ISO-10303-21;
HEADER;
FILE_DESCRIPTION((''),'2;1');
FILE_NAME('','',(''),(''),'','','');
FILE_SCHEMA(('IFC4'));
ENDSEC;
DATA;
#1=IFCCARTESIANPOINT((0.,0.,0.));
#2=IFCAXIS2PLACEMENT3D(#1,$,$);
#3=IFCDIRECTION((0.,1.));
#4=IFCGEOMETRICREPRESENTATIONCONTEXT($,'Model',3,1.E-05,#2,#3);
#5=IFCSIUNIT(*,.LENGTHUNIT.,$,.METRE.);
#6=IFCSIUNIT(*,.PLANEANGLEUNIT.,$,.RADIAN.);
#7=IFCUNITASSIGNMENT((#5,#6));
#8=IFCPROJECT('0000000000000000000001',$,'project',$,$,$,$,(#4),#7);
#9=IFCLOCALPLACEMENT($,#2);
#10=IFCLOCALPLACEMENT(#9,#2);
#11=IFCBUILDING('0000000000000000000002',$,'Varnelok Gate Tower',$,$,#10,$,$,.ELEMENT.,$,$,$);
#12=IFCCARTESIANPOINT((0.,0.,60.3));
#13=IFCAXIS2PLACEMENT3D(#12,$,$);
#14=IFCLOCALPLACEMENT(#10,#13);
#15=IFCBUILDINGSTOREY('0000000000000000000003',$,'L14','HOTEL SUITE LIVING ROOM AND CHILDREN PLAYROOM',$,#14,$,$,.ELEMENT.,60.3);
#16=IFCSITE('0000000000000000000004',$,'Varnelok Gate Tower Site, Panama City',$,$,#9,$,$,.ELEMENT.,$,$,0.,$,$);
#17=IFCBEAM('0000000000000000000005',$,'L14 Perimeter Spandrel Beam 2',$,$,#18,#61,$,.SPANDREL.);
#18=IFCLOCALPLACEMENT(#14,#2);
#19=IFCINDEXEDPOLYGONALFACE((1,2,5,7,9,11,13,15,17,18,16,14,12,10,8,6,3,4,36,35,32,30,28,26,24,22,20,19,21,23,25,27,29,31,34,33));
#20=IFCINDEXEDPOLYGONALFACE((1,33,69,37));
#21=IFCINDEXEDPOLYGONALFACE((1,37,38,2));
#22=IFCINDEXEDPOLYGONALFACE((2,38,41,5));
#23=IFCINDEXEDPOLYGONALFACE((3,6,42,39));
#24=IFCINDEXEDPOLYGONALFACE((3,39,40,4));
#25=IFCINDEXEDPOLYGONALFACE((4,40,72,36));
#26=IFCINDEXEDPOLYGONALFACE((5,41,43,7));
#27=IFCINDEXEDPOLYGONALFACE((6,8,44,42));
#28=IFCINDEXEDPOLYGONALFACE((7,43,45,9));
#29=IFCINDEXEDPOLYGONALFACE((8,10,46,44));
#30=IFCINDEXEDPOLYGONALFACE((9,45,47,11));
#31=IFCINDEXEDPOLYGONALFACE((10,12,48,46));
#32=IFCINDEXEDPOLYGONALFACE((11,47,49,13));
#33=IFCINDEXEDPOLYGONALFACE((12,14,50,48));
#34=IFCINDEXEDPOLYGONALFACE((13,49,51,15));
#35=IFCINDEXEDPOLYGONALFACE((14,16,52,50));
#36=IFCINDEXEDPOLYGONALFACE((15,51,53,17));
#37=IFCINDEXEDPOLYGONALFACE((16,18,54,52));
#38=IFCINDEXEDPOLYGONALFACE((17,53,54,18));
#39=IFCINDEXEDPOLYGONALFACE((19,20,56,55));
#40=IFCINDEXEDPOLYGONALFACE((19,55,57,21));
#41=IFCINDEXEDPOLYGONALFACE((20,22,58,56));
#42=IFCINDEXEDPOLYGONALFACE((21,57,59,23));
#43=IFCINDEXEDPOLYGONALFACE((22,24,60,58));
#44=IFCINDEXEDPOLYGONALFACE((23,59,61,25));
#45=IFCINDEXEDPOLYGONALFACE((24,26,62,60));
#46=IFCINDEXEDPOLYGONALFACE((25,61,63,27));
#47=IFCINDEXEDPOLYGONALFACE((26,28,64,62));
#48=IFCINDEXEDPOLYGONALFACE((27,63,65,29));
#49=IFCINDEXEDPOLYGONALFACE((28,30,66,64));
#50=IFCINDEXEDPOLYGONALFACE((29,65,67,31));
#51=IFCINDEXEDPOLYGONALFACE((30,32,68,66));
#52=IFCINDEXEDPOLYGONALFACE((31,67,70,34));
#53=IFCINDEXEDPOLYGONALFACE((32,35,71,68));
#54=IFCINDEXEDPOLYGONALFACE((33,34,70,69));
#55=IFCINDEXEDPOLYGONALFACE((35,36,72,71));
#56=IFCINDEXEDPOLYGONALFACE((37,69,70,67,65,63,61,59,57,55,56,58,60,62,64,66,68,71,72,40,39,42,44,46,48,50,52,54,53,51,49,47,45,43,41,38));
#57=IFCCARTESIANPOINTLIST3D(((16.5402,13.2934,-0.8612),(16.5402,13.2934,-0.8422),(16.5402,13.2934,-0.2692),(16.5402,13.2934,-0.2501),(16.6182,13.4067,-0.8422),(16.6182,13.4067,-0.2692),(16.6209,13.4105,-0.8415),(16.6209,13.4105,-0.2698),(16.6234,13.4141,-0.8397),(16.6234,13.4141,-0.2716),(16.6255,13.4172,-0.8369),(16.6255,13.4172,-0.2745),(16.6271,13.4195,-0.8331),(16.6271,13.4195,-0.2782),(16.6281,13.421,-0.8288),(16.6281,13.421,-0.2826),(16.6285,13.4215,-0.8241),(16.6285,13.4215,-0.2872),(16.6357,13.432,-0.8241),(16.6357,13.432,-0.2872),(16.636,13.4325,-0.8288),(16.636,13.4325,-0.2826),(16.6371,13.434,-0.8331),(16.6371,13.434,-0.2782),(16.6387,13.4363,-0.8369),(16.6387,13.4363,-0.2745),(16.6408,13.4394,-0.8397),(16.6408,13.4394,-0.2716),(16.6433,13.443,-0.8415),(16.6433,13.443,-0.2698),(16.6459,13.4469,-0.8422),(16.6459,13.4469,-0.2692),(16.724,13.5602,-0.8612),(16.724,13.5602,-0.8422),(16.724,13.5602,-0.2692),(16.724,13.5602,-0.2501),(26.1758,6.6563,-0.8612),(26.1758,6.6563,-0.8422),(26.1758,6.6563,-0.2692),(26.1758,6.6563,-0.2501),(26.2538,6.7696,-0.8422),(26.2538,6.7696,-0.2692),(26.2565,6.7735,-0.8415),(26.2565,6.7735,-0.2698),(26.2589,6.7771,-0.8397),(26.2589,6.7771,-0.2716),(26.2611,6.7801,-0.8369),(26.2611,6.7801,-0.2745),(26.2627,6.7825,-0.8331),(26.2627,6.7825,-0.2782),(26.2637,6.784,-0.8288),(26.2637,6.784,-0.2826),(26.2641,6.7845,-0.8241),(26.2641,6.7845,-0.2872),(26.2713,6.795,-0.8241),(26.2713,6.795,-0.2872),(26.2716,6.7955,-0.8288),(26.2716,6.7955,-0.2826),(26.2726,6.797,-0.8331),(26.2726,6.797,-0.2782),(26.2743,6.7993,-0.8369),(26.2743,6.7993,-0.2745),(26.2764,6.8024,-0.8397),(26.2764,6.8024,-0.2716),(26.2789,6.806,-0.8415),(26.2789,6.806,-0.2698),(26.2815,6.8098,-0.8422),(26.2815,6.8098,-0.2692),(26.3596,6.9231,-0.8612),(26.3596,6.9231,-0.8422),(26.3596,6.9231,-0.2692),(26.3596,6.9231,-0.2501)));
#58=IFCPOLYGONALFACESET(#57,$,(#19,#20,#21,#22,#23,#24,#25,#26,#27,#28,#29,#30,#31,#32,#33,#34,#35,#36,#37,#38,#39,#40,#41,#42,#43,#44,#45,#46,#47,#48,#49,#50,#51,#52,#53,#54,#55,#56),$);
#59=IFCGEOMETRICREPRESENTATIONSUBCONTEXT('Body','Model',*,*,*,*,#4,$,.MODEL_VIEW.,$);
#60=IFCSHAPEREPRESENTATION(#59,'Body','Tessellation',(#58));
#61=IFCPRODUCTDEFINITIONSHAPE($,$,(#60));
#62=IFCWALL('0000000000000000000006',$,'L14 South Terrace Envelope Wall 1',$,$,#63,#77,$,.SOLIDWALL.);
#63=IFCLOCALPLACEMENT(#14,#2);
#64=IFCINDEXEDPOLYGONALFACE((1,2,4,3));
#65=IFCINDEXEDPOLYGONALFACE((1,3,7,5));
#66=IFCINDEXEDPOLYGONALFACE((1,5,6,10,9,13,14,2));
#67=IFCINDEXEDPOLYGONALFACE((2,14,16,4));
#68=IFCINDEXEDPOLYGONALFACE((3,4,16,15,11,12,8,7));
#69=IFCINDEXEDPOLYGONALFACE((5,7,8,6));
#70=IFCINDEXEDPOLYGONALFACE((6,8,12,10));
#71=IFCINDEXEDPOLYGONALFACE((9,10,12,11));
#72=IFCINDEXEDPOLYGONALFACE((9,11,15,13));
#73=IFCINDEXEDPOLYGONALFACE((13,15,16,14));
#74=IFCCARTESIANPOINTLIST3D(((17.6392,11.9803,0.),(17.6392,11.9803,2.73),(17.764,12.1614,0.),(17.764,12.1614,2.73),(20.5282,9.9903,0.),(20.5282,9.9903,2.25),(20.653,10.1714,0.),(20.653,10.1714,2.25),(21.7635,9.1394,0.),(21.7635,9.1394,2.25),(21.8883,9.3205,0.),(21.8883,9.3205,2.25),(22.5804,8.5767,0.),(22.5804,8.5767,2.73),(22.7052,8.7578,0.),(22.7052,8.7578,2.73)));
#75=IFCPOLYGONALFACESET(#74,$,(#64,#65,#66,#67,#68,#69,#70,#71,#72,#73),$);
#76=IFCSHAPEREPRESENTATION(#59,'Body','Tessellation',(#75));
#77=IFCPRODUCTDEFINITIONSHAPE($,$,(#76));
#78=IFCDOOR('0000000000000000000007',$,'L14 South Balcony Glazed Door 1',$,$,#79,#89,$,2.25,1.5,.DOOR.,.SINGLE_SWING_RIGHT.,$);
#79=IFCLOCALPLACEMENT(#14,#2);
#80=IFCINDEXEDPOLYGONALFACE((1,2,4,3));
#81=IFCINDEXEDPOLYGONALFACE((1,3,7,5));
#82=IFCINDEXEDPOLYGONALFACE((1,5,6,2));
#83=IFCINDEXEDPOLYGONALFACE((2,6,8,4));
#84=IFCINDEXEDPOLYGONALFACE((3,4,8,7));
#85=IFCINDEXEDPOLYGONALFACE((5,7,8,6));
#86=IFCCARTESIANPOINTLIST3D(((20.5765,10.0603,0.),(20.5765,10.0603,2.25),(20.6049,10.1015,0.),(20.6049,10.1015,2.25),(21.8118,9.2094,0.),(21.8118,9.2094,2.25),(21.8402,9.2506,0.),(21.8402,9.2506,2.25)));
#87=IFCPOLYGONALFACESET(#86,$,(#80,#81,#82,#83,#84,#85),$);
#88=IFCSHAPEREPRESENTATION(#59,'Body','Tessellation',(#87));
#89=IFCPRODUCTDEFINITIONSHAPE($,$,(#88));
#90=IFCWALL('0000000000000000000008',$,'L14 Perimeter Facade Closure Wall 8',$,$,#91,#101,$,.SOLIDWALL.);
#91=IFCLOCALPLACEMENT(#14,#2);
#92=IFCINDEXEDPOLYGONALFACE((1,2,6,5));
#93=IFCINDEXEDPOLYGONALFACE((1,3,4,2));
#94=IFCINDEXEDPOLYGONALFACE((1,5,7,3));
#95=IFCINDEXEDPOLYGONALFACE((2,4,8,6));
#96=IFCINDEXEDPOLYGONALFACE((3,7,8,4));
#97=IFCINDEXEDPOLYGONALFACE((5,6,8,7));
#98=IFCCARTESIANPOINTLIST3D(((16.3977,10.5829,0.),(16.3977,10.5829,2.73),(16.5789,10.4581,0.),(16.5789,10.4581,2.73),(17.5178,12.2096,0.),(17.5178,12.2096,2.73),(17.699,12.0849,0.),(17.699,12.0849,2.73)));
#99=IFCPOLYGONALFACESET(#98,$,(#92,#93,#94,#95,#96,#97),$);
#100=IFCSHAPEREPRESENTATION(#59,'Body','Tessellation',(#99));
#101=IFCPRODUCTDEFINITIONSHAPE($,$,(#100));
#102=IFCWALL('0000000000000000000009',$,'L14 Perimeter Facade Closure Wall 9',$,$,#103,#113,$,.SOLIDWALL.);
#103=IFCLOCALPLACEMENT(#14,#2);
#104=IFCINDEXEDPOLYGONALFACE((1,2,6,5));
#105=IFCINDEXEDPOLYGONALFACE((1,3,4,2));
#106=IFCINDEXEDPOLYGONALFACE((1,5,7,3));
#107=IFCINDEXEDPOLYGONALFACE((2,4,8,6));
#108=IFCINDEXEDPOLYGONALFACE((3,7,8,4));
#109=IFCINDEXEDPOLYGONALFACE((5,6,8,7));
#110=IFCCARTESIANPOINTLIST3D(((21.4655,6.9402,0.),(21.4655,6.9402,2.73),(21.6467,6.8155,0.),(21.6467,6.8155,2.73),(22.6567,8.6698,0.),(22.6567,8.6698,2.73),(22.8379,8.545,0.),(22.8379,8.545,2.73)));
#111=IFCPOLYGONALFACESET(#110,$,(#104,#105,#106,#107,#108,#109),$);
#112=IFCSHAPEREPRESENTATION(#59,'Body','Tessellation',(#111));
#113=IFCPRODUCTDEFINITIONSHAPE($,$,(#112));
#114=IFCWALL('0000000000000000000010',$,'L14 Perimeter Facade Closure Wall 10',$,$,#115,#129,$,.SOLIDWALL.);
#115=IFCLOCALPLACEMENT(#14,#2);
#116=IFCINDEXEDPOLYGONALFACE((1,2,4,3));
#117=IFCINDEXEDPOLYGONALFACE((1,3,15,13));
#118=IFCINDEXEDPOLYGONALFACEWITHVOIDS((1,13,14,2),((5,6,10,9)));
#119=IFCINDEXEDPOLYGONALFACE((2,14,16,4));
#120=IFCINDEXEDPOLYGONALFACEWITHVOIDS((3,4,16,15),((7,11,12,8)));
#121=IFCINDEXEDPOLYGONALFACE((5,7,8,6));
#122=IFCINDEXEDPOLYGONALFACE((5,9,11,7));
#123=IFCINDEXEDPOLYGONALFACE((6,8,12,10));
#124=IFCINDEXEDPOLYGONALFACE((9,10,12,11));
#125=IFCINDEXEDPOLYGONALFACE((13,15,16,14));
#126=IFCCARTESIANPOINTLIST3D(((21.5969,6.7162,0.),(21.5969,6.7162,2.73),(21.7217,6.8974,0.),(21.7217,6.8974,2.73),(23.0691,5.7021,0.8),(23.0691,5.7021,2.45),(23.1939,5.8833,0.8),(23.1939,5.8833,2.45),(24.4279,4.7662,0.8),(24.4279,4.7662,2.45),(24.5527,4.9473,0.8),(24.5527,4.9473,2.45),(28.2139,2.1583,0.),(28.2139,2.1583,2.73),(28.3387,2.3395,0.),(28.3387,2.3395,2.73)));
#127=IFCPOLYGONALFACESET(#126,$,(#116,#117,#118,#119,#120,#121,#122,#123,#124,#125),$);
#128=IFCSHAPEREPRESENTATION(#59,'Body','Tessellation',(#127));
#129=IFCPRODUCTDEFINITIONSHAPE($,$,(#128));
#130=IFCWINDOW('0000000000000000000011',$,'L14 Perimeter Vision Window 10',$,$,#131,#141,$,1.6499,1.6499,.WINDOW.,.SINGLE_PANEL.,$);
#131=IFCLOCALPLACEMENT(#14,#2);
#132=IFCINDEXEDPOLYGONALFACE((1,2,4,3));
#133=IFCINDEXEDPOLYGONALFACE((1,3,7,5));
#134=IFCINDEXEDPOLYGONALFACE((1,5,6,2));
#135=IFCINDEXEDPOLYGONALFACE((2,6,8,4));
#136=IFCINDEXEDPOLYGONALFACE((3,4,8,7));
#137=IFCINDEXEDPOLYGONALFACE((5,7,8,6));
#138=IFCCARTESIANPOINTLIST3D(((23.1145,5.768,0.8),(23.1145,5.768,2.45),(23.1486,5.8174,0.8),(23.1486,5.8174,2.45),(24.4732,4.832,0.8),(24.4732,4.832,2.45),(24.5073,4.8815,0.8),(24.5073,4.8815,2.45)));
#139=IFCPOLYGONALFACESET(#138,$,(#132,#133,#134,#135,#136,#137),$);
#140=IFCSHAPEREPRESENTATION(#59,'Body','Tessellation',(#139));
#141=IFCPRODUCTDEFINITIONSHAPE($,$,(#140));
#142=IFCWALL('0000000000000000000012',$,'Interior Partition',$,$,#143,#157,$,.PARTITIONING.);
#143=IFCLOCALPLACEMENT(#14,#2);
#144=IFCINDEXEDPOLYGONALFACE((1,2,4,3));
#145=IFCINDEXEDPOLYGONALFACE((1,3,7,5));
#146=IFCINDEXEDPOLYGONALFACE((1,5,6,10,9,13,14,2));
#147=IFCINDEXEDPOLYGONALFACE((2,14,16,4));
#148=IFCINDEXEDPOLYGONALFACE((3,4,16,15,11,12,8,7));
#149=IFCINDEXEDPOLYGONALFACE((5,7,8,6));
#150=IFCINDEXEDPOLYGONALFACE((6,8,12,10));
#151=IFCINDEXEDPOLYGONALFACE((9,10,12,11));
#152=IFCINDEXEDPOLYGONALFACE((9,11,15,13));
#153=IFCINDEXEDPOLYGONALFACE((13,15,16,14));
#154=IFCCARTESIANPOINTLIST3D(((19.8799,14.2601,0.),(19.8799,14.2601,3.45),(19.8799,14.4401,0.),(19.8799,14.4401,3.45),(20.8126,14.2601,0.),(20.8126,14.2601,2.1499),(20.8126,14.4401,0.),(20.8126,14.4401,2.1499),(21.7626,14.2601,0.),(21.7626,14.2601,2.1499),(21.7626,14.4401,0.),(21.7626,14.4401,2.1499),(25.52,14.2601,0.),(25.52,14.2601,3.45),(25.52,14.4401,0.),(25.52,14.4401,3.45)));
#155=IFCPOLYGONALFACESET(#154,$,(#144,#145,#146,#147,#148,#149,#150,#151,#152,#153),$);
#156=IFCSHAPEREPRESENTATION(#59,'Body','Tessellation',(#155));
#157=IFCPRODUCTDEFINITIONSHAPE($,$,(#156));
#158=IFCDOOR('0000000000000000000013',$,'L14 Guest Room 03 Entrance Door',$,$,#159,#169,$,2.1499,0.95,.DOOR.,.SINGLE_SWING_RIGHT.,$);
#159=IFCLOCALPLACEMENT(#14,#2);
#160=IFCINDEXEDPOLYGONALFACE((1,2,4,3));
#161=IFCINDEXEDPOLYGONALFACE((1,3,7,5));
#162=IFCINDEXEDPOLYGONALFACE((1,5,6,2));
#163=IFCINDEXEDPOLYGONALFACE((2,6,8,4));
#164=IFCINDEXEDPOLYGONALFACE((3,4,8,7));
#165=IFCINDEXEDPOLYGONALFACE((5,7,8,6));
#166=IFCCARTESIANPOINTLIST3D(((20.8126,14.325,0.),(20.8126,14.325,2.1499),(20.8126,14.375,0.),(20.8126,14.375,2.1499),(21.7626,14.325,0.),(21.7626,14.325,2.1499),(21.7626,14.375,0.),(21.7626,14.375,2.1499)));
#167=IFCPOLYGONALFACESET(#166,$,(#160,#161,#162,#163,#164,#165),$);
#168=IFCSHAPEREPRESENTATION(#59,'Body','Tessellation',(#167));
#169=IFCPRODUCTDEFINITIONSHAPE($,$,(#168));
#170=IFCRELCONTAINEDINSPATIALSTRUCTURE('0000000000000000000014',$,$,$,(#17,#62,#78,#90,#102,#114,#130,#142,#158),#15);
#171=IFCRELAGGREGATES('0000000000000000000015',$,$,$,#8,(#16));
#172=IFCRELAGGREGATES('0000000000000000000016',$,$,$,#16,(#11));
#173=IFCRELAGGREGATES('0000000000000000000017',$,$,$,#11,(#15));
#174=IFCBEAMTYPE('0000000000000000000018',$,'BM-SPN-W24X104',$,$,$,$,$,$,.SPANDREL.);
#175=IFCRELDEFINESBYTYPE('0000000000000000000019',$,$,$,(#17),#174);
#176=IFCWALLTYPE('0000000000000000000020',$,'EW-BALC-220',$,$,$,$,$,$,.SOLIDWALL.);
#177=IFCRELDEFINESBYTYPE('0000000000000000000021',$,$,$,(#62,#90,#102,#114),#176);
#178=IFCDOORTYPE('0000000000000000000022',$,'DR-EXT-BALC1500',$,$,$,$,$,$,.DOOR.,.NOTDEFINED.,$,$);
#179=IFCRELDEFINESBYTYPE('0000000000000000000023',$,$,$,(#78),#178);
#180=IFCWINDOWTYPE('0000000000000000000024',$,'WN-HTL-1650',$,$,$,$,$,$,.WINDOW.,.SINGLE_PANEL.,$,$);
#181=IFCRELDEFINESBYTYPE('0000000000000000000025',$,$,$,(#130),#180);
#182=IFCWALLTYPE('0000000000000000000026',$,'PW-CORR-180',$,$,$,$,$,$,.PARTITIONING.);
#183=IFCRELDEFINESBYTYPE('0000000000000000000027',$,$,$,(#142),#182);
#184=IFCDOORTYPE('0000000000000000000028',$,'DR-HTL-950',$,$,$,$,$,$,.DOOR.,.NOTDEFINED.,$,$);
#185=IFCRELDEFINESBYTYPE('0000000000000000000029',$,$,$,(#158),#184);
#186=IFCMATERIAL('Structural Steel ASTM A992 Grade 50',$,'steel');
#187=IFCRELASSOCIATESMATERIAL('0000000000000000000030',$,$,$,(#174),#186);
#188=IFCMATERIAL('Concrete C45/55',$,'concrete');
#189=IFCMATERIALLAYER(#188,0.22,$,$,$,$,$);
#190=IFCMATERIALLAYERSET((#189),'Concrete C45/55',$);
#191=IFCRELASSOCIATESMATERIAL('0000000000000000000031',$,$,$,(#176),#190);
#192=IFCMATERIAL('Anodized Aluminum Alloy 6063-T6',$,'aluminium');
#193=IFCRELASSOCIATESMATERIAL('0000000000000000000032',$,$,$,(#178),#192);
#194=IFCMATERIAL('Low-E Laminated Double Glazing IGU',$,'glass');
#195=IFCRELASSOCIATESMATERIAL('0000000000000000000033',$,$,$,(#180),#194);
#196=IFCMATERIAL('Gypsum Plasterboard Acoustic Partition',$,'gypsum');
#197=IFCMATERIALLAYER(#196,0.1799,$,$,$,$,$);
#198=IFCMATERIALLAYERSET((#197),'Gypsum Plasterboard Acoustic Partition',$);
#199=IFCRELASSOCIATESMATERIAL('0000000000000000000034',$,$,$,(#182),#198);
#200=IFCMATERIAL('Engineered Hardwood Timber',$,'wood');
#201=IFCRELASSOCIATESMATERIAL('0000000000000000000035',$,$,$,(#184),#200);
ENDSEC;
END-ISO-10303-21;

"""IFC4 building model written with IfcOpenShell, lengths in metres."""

from ifc_helpers import new_model, si_unit, direction, frame, frame_2d, origin, origin_2d, place, context, subcontext, project, spatial, rectangle, i_section, extrude, material, layer, layer_set, material_profile, profile_set, type_object, element, fill, save


model = new_model("IFC4")

# Units and contexts
model_context = context("Model", 3, precision=1e-05, world=origin(), true_north=direction((0.0, 1.0)))
body_context = subcontext(model_context, "Body", "Model", "MODEL_VIEW")
ifc_project = project(units=[si_unit("LENGTHUNIT", "METRE"), si_unit("PLANEANGLEUNIT", "RADIAN")], contexts=[model_context])

# Site, building, storey
site_placement = place(None, origin())
site = spatial("IfcSite", under=ifc_project, at=site_placement, Name="Varnelok Gate Tower Site, Panama City", CompositionType="ELEMENT", RefElevation=0.0)
building_placement = place(site_placement, origin())
building = spatial("IfcBuilding", under=site, at=building_placement, Name="Varnelok Gate Tower", CompositionType="ELEMENT")
storey_placement = place(building_placement, frame((0.0, 0.0, 60.3)))
storey = spatial("IfcBuildingStorey", under=building, at=storey_placement, Name="L14", Description="HOTEL SUITE LIVING ROOM AND CHILDREN PLAYROOM", CompositionType="ELEMENT", Elevation=60.3)

# Shared definitions
ifc_material_1 = material(Name="Structural Steel ASTM A992 Grade 50", Category="steel")

# Beam
ifc_material_profile_1 = material_profile(ifc_material_1, i_section(OverallWidth=0.324, OverallDepth=0.6111, WebThickness=0.0127, FlangeThickness=0.019, FilletRadius=0.0181, at=origin_2d()), Name="W24X104")
ifc_profile_set_1 = profile_set([ifc_material_profile_1], Name="Structural Steel ASTM A992 Grade 50")
beam_type_1 = type_object("IfcBeamType", Name="BM-SPN-W24X104", PredefinedType="SPANDREL", material=ifc_profile_set_1)
beam_1_placement = place(storey_placement, frame((16.6321, 13.4268, -0.5557), z_axis=(0.823541, -0.567257, 0.0), x_axis=(0.567257, 0.823541, 0.0)))
element("IfcBeam", 1, at=beam_1_placement, inside=storey, type_object=beam_type_1, Name="L14 Perimeter Spandrel Beam 2", PredefinedType="SPANDREL", context=body_context, shape_type="SweptSolid", body=[
    extrude(i_section(OverallWidth=0.324, OverallDepth=0.6111, WebThickness=0.0127, FlangeThickness=0.019, FilletRadius=0.0181, at=origin_2d()), origin(), (0.0, 0.0, 1.0), 11.7002),
])

# Wall, opening, door
ifc_material_2 = material(Name="Concrete C45/55", Category="concrete")
ifc_layer_1 = layer(ifc_material_2, 0.22)
ifc_layer_set_1 = layer_set([ifc_layer_1], Name="Concrete C45/55")
wall_type_1 = type_object("IfcWallType", Name="EW-BALC-220", PredefinedType="SOLIDWALL", material=ifc_layer_set_1)
wall_1_placement = place(storey_placement, frame((22.6428, 8.6672, 0.0), z_axis=(0.0, 0.0, 1.0), x_axis=(-0.823535, 0.567266, 0.0)))
wall_1 = element("IfcWall", 2, at=wall_1_placement, inside=storey, type_object=wall_type_1, Name="L14 South Terrace Envelope Wall 1", PredefinedType="SOLIDWALL", context=body_context, shape_type="SweptSolid", body=[
    extrude(rectangle(XDim=6.0, YDim=0.22, at=frame_2d((3.0, 0.0))), origin(), (0.0, 0.0, 1.0), 2.73),
])
opening_1_placement = place(wall_1_placement, frame((0.9919, 0.0, 0.0)))
opening_1 = element("IfcOpeningElement", 3, at=opening_1_placement, cuts=wall_1, PredefinedType="OPENING", context=body_context, shape_type="SweptSolid", body=[
    extrude(rectangle(XDim=1.5, YDim=2.25, at=frame_2d((0.75, 1.125))), frame((0.0, 0.1199, 0.0), z_axis=(0.0, -1.0, 0.0), x_axis=(1.0, 0.0, 0.0)), (0.0, 0.0, 1.0), 0.24),
])
ifc_material_3 = material(Name="Anodized Aluminum Alloy 6063-T6", Category="aluminium")
door_type_1 = type_object("IfcDoorType", Name="DR-EXT-BALC1500", OperationType="NOTDEFINED", PredefinedType="DOOR", material=ifc_material_3)
door_1_placement = place(opening_1_placement, origin())
door_1 = element("IfcDoor", 4, at=door_1_placement, inside=storey, type_object=door_type_1, Name="L14 South Balcony Glazed Door 1", OperationType="SINGLE_SWING_RIGHT", OverallHeight=2.25, OverallWidth=1.5, PredefinedType="DOOR", context=body_context, shape_type="SweptSolid", body=[
    extrude(rectangle(XDim=1.5, YDim=2.25, at=frame_2d((0.75, 1.125))), frame((0.0, 0.0249, 0.0), z_axis=(0.0, -1.0, 0.0), x_axis=(1.0, 0.0, 0.0)), (0.0, 0.0, 1.0), 0.05),
])
fill(opening_1, door_1)

# Walls
wall_2_placement = place(storey_placement, frame((16.4883, 10.5205, 0.0), z_axis=(0.0, 0.0, 1.0), x_axis=(0.567132, 0.823627, 0.0)))
element("IfcWall", 5, at=wall_2_placement, inside=storey, type_object=wall_type_1, Name="L14 Perimeter Facade Closure Wall 8", PredefinedType="SOLIDWALL", context=body_context, shape_type="SweptSolid", body=[
    extrude(rectangle(XDim=1.9751, YDim=0.22, at=frame_2d((0.9875, 0.0))), origin(), (0.0, 0.0, 1.0), 2.73),
])
wall_3_placement = place(storey_placement, frame((22.7473, 8.6074, 0.0), z_axis=(0.0, 0.0, 1.0), x_axis=(-0.567219, -0.823567, 0.0)))
element("IfcWall", 6, at=wall_3_placement, inside=storey, type_object=wall_type_1, Name="L14 Perimeter Facade Closure Wall 9", PredefinedType="SOLIDWALL", context=body_context, shape_type="SweptSolid", body=[
    extrude(rectangle(XDim=2.1001, YDim=0.22, at=frame_2d((1.05, 0.0))), origin(), (0.0, 0.0, 1.0), 2.73),
])

# Wall, opening, window
wall_4_placement = place(storey_placement, frame((21.6592, 6.8069, 0.0), z_axis=(0.0, 0.0, 1.0), x_axis=(0.823535, -0.567265, 0.0)))
wall_4 = element("IfcWall", 7, at=wall_4_placement, inside=storey, type_object=wall_type_1, Name="L14 Perimeter Facade Closure Wall 10", PredefinedType="SOLIDWALL", context=body_context, shape_type="SweptSolid", body=[
    extrude(rectangle(XDim=8.0349, YDim=0.22, at=frame_2d((4.0176, 0.0))), origin(), (0.0, 0.0, 1.0), 2.73),
])
opening_2_placement = place(wall_4_placement, frame((1.7878, 0.0, 0.8)))
opening_2 = element("IfcOpeningElement", 8, at=opening_2_placement, cuts=wall_4, PredefinedType="OPENING", context=body_context, shape_type="SweptSolid", body=[
    extrude(rectangle(XDim=1.6499, YDim=1.6499, at=frame_2d((0.825, 0.825))), frame((0.0, 0.1199, 0.0), z_axis=(0.0, -1.0, 0.0), x_axis=(1.0, 0.0, 0.0)), (0.0, 0.0, 1.0), 0.24),
])
ifc_material_4 = material(Name="Low-E Laminated Double Glazing IGU", Category="glass")
window_type = type_object("IfcWindowType", Name="WN-HTL-1650", PartitioningType="SINGLE_PANEL", PredefinedType="WINDOW", material=ifc_material_4)
window_placement = place(opening_2_placement, origin())
window = element("IfcWindow", 9, at=window_placement, inside=storey, type_object=window_type, Name="L14 Perimeter Vision Window 10", OverallHeight=1.6499, OverallWidth=1.6499, PartitioningType="SINGLE_PANEL", PredefinedType="WINDOW", context=body_context, shape_type="SweptSolid", body=[
    extrude(rectangle(XDim=1.6499, YDim=1.6499, at=frame_2d((0.825, 0.825))), frame((0.0, 0.03, 0.0), z_axis=(0.0, -1.0, 0.0), x_axis=(1.0, 0.0, 0.0)), (0.0, 0.0, 1.0), 0.0601),
])
fill(opening_2, window)

# Wall, opening, door
ifc_material_5 = material(Name="Gypsum Plasterboard Acoustic Partition", Category="gypsum")
ifc_layer_2 = layer(ifc_material_5, 0.1799)
ifc_layer_set_2 = layer_set([ifc_layer_2], Name="Gypsum Plasterboard Acoustic Partition")
wall_type_2 = type_object("IfcWallType", Name="PW-CORR-180", PredefinedType="PARTITIONING", material=ifc_layer_set_2)
wall_5_placement = place(storey_placement, frame((19.8799, 14.3501, 0.0), z_axis=(0.0, 0.0, 1.0), x_axis=(1.0, 0.0, 0.0)))
wall_5 = element("IfcWall", 10, at=wall_5_placement, inside=storey, type_object=wall_type_2, Name="Interior Partition", PredefinedType="PARTITIONING", context=body_context, shape_type="SweptSolid", body=[
    extrude(rectangle(XDim=5.6401, YDim=0.1799, at=frame_2d((2.8201, 0.0))), origin(), (0.0, 0.0, 1.0), 3.45),
])
opening_3_placement = place(wall_5_placement, frame((0.9326, 0.0, 0.0)))
opening_3 = element("IfcOpeningElement", 11, at=opening_3_placement, cuts=wall_5, PredefinedType="OPENING", context=body_context, shape_type="SweptSolid", body=[
    extrude(rectangle(XDim=0.95, YDim=2.1499, at=frame_2d((0.4751, 1.075))), frame((0.0, 0.0999, 0.0), z_axis=(0.0, -1.0, 0.0), x_axis=(1.0, 0.0, 0.0)), (0.0, 0.0, 1.0), 0.2),
])
ifc_material_6 = material(Name="Engineered Hardwood Timber", Category="wood")
door_type_2 = type_object("IfcDoorType", Name="DR-HTL-950", OperationType="NOTDEFINED", PredefinedType="DOOR", material=ifc_material_6)
door_2_placement = place(opening_3_placement, origin())
door_2 = element("IfcDoor", 12, at=door_2_placement, inside=storey, type_object=door_type_2, Name="L14 Guest Room 03 Entrance Door", OperationType="SINGLE_SWING_RIGHT", OverallHeight=2.1499, OverallWidth=0.95, PredefinedType="DOOR", context=body_context, shape_type="SweptSolid", body=[
    extrude(rectangle(XDim=0.95, YDim=2.1499, at=frame_2d((0.4751, 1.075))), frame((0.0, 0.0249, 0.0), z_axis=(0.0, -1.0, 0.0), x_axis=(1.0, 0.0, 0.0)), (0.0, 0.0, 1.0), 0.05),
])
fill(opening_3, door_2)

save(model, "model.ifc")
